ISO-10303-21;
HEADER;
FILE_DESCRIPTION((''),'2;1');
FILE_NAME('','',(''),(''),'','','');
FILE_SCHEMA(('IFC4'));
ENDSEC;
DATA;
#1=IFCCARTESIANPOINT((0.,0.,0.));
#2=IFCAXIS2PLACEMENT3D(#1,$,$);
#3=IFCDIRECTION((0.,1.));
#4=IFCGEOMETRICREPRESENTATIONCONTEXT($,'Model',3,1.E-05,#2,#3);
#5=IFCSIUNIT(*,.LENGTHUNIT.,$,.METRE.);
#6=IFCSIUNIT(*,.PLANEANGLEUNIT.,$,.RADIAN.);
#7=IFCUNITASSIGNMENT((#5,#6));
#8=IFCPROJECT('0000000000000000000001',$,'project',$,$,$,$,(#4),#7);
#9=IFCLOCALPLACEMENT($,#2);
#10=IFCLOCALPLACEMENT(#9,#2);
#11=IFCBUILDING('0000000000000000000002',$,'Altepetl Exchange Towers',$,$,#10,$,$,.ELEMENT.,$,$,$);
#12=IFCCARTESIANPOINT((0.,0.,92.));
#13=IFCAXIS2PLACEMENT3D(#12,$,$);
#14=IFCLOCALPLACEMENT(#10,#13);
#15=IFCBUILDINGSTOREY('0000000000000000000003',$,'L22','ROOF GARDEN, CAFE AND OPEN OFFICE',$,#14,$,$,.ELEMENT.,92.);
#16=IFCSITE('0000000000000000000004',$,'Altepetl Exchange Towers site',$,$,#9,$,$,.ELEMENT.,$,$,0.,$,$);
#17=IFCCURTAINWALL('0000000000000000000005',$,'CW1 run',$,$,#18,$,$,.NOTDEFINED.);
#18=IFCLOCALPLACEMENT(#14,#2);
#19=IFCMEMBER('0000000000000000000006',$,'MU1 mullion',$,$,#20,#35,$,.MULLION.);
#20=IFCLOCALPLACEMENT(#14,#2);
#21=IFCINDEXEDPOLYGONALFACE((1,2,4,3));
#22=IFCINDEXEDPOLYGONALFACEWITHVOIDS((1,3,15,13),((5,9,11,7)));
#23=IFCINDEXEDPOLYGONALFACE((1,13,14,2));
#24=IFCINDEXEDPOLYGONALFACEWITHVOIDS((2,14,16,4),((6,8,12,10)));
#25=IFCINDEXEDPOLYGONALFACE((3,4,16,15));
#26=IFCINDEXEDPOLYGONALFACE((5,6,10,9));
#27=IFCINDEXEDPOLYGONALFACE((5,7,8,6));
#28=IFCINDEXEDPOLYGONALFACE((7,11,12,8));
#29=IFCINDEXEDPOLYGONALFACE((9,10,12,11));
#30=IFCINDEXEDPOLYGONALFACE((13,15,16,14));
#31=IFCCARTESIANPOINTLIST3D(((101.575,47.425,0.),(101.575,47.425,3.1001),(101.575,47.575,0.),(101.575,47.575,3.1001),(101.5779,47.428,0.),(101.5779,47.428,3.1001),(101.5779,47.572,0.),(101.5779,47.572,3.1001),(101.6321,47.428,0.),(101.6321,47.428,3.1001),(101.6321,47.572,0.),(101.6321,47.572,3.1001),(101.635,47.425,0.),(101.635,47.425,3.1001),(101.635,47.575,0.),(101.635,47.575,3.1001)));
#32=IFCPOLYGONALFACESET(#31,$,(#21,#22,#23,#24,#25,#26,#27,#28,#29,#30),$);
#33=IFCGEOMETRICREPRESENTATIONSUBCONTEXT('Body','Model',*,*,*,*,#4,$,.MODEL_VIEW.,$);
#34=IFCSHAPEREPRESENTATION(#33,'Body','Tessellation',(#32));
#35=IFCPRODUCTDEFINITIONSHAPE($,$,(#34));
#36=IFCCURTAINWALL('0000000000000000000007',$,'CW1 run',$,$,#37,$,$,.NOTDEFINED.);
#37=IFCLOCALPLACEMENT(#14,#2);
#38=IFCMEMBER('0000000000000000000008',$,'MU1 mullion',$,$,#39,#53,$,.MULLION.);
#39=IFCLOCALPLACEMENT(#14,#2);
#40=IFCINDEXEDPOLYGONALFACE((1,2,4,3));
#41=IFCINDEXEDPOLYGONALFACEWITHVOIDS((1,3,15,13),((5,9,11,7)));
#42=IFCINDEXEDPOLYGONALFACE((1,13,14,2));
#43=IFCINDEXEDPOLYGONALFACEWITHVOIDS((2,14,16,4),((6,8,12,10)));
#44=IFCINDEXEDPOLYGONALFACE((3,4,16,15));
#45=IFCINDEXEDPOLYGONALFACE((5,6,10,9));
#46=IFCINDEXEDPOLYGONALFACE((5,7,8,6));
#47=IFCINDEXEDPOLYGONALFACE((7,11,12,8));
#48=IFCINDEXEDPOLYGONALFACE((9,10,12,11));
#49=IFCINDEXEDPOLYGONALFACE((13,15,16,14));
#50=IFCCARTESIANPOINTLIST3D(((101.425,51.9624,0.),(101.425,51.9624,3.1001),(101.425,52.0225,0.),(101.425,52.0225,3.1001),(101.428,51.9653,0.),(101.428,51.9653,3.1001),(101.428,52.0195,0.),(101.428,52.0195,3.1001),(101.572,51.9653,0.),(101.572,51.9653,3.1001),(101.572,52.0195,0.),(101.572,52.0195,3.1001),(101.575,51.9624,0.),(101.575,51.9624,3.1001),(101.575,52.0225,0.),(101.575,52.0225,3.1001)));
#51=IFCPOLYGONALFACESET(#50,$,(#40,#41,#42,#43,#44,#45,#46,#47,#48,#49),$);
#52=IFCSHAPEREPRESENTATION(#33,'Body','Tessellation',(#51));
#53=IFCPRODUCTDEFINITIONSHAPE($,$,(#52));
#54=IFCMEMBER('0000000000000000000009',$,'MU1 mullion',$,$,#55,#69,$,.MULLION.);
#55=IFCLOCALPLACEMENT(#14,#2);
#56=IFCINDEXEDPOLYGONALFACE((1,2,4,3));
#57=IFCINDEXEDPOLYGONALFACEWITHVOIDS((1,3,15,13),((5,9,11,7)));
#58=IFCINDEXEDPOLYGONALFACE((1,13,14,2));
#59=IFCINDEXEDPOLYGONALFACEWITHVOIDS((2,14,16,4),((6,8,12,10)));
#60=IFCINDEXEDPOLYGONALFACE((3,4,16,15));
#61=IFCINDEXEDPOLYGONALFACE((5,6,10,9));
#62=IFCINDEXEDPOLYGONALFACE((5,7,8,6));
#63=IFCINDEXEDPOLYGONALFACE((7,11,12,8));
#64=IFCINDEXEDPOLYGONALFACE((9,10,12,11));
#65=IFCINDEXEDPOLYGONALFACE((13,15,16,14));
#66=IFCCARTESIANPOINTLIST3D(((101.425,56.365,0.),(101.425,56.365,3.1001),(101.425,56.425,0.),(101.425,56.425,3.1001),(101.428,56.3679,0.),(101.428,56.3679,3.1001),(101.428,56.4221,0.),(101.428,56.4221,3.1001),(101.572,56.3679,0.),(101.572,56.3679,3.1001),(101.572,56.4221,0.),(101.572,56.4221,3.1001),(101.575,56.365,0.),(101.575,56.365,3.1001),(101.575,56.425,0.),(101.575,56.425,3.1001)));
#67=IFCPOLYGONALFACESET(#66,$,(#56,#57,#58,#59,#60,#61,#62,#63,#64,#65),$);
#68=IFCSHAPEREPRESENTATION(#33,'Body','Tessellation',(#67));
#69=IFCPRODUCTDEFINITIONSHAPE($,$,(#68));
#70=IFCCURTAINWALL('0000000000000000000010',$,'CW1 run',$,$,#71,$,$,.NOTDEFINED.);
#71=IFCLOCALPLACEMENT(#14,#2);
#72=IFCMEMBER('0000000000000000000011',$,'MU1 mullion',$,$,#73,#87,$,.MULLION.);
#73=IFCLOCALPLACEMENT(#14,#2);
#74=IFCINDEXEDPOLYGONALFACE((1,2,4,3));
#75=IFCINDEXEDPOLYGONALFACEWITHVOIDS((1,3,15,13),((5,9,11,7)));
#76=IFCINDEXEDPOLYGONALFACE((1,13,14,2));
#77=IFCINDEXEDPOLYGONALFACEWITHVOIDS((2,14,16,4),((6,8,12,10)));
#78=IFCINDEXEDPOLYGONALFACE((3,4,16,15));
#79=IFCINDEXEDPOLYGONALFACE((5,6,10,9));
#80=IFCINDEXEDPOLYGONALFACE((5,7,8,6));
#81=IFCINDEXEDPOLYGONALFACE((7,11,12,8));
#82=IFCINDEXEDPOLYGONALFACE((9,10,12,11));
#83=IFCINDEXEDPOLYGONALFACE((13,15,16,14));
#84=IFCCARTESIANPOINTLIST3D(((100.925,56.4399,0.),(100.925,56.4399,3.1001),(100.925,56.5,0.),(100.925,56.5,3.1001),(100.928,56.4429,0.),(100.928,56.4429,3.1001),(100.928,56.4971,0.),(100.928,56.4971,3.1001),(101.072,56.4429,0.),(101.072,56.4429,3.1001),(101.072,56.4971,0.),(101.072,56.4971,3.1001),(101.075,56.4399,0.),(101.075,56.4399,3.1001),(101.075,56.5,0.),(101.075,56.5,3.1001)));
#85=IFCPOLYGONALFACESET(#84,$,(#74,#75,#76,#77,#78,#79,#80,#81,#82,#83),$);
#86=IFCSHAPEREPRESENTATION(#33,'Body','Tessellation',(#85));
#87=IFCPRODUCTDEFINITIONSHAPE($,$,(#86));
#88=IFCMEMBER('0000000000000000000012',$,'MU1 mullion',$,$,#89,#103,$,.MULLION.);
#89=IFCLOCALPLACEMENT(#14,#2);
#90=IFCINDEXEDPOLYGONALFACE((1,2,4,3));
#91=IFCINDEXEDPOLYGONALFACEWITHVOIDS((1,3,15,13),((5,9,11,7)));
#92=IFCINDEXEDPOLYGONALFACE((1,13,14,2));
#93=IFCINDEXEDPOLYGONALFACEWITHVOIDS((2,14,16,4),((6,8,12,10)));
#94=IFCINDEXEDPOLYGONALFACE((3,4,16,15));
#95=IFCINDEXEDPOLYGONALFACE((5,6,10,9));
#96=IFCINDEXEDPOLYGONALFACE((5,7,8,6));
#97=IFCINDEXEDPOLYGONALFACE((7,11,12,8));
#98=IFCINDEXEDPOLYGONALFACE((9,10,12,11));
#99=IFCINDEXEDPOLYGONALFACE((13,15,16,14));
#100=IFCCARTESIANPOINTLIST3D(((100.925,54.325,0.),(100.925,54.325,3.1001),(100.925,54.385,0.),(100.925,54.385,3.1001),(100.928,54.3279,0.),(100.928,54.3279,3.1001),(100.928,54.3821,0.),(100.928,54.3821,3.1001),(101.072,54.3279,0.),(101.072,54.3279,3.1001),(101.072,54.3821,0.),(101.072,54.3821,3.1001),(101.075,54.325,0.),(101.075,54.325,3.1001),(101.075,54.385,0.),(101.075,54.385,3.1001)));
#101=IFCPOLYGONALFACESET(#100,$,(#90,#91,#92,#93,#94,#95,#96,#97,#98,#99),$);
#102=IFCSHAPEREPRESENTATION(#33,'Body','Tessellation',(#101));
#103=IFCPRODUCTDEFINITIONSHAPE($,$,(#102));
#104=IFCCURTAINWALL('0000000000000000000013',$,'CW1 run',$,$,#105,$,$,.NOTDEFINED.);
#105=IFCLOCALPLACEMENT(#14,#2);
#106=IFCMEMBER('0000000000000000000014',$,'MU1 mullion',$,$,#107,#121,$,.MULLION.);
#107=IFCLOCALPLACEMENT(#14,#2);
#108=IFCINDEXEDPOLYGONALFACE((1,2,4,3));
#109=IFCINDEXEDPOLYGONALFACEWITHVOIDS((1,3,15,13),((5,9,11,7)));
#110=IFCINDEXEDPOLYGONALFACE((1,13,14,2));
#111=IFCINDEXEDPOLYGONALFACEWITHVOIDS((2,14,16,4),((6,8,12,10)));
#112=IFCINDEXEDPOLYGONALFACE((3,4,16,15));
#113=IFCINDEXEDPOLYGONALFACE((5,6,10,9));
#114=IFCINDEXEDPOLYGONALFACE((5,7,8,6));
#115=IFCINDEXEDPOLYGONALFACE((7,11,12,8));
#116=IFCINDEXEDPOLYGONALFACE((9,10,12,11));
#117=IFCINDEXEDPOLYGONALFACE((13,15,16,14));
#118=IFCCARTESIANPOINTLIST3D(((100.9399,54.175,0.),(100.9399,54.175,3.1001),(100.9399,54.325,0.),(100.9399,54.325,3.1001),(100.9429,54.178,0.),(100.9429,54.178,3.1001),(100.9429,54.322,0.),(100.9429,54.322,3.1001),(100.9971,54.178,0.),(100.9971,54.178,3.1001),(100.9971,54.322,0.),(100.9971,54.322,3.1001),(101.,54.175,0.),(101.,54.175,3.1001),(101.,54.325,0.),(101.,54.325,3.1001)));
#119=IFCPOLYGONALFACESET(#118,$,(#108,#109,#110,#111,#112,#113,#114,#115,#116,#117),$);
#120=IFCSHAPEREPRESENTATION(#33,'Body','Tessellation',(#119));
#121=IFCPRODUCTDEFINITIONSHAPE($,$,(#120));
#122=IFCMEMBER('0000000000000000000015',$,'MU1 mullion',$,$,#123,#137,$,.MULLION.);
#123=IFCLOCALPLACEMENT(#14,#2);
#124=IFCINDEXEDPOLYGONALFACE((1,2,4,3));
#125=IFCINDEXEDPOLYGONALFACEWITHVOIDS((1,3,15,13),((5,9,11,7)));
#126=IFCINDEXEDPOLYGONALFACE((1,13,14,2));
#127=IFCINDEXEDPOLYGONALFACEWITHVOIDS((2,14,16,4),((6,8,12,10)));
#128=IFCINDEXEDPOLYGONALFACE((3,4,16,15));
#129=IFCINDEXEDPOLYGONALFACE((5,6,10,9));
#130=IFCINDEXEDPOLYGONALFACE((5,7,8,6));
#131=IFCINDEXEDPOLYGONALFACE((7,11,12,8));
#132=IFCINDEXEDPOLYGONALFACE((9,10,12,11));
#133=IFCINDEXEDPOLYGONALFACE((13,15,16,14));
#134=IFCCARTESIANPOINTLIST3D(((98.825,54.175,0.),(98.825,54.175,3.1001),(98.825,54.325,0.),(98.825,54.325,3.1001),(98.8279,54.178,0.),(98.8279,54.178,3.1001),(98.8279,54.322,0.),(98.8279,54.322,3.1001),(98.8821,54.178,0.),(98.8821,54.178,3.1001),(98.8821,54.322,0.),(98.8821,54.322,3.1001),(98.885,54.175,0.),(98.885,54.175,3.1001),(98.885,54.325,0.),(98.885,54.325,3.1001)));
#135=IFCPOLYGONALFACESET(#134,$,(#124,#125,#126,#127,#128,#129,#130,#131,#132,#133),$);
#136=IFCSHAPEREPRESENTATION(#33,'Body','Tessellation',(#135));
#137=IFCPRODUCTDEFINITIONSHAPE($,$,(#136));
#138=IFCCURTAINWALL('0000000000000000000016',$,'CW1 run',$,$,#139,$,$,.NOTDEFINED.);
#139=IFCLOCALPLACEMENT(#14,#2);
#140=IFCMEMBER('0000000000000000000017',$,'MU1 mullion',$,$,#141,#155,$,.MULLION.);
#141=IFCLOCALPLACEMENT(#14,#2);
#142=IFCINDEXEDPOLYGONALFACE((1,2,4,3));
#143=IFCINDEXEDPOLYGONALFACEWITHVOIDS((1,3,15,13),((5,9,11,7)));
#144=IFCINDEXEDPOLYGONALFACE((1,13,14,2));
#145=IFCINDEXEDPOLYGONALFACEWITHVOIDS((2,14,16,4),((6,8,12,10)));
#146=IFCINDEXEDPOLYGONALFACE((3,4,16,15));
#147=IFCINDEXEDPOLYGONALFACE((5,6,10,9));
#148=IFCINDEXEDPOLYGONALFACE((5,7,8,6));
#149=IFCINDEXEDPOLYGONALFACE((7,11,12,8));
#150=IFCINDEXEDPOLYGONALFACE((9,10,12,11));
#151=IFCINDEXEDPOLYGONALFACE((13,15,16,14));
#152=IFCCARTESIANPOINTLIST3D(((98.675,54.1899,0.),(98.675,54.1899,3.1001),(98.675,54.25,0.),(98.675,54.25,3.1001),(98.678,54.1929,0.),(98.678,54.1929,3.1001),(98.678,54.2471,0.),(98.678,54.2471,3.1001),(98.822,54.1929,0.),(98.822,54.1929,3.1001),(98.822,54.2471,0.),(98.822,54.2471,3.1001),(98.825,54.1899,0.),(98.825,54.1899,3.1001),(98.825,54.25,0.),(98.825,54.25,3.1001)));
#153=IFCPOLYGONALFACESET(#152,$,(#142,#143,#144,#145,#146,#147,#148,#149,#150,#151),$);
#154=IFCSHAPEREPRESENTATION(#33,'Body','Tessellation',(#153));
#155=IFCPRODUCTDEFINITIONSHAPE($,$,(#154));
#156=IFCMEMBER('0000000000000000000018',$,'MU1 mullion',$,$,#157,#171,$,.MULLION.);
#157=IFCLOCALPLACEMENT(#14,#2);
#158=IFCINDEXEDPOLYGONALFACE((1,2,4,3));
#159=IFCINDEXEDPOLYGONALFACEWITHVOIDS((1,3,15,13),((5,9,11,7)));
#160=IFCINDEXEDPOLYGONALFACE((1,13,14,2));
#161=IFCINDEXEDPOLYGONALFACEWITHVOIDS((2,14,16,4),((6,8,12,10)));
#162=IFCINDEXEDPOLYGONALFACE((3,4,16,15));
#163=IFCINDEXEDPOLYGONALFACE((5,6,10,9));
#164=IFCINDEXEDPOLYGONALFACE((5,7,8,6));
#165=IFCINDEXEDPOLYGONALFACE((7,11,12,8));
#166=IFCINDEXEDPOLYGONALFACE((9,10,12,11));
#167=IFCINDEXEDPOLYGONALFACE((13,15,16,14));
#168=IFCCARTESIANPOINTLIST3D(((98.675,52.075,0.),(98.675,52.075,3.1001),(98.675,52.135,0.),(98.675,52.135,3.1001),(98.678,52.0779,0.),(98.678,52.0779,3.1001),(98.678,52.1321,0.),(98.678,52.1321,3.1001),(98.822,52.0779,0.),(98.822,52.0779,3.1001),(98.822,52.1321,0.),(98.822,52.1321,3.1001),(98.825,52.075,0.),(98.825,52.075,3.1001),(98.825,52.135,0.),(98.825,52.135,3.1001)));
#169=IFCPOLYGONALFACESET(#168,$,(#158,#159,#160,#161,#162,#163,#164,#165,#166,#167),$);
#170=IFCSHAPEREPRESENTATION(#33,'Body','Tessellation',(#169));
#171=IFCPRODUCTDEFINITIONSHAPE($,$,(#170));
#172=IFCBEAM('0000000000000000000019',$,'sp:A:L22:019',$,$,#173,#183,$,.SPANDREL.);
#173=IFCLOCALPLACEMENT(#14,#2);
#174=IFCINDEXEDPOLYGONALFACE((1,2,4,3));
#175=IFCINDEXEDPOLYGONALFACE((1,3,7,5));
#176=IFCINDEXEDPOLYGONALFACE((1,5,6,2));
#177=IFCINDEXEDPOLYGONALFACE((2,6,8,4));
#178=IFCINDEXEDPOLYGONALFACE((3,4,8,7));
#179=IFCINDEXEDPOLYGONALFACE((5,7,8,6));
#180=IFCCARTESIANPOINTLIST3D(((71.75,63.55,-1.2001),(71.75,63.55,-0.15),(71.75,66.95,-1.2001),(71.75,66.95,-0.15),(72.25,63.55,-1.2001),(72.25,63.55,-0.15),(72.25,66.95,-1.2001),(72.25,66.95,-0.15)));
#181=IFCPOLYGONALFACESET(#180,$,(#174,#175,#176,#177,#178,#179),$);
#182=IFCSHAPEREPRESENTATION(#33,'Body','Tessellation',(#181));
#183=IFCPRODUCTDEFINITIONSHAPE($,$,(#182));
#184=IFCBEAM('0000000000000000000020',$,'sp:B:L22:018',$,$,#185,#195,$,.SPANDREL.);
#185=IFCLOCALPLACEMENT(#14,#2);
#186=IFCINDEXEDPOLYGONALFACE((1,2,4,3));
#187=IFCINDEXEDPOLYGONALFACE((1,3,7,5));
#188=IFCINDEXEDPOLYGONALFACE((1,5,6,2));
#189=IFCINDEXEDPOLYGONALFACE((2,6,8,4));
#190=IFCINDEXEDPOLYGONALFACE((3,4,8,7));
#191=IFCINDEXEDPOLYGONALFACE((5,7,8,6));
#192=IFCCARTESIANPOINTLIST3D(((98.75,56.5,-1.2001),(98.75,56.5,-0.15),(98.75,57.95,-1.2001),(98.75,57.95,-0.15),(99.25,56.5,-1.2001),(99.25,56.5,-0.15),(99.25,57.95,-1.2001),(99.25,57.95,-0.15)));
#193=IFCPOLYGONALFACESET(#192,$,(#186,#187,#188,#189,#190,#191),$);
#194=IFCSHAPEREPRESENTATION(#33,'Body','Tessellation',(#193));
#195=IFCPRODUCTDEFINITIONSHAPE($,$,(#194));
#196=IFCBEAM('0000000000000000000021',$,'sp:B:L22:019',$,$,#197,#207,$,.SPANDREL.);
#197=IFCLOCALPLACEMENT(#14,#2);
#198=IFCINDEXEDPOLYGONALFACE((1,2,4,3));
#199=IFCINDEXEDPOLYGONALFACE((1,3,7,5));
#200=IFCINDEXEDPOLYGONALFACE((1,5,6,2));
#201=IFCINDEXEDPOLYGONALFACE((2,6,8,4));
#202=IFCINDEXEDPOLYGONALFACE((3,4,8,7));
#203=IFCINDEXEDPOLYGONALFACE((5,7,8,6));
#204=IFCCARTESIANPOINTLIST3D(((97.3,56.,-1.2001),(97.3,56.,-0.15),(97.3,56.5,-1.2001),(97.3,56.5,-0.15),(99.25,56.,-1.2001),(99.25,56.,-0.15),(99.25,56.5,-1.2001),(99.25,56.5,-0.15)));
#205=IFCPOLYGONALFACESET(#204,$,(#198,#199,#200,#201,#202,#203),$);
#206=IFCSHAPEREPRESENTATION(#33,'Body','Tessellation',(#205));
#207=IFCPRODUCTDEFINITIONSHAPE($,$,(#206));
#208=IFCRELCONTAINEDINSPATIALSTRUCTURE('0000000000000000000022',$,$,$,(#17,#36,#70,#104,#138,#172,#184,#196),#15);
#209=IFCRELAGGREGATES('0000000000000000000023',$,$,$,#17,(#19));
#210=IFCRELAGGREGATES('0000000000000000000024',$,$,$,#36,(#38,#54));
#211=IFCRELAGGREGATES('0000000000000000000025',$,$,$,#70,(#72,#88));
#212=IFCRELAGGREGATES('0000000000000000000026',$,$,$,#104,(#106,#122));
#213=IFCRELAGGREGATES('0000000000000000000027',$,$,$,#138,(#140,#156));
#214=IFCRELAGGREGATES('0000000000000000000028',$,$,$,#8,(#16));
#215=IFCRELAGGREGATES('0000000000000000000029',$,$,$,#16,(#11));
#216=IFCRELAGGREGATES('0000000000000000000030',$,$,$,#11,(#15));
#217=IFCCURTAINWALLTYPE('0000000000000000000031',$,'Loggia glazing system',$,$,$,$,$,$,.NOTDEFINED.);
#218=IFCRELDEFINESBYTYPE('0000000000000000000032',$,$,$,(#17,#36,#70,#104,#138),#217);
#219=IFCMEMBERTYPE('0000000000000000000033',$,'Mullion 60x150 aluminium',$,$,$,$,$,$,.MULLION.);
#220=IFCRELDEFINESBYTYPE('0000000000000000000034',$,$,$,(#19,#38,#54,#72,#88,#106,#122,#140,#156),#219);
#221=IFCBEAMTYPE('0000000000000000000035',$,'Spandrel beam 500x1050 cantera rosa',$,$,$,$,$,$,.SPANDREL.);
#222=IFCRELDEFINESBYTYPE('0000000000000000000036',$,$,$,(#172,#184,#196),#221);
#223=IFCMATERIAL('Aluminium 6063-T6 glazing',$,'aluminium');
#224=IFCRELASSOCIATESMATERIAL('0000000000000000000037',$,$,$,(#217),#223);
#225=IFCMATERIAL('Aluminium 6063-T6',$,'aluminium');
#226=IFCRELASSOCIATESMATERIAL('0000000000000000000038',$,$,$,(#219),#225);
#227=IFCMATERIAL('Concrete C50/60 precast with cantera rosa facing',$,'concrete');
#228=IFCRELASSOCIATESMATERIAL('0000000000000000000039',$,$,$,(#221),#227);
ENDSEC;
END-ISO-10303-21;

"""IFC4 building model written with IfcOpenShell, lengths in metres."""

from ifc_helpers import new_model, si_unit, direction, frame, origin, origin_2d, place, context, subcontext, project, spatial, rectangle, hollow_rectangle, extrude, material, material_profile, profile_set, type_object, element, aggregate, save


model = new_model("IFC4")

# Units and contexts
model_context = context("Model", 3, precision=1e-05, world=origin(), true_north=direction((0.0, 1.0)))
body_context = subcontext(model_context, "Body", "Model", "MODEL_VIEW")
ifc_project = project(units=[si_unit("LENGTHUNIT", "METRE"), si_unit("PLANEANGLEUNIT", "RADIAN")], contexts=[model_context])

# Site, building, storey
site_placement = place(None, origin())
site = spatial("IfcSite", under=ifc_project, at=site_placement, Name="Altepetl Exchange Towers site", CompositionType="ELEMENT", RefElevation=0.0)
building_placement = place(site_placement, origin())
building = spatial("IfcBuilding", under=site, at=building_placement, Name="Altepetl Exchange Towers", CompositionType="ELEMENT")
storey_placement = place(building_placement, frame((0.0, 0.0, 92.0)))
storey = spatial("IfcBuildingStorey", under=building, at=storey_placement, Name="L22", Description="ROOF GARDEN, CAFE AND OPEN OFFICE", CompositionType="ELEMENT", Elevation=92.0)

# Shared definitions
ifc_material_1 = material(Name="Aluminium 6063-T6 glazing", Category="aluminium")
curtain_wall_type = type_object("IfcCurtainWallType", Name="Loggia glazing system", PredefinedType="NOTDEFINED", material=ifc_material_1)
ifc_material_2 = material(Name="Aluminium 6063-T6", Category="aluminium")
ifc_material_profile_1 = material_profile(ifc_material_2, hollow_rectangle(XDim=0.0601, YDim=0.1499, WallThickness=0.0029, at=origin_2d()), Name="Mullion 60x150 aluminium")
ifc_profile_set_1 = profile_set([ifc_material_profile_1], Name="Aluminium 6063-T6")
member_type = type_object("IfcMemberType", Name="Mullion 60x150 aluminium", PredefinedType="MULLION", material=ifc_profile_set_1)

# Curtain wall, member
curtain_wall_1_placement = place(storey_placement, origin())
curtain_wall_1 = element("IfcCurtainWall", 1, at=curtain_wall_1_placement, inside=storey, type_object=curtain_wall_type, Name="CW1 run", PredefinedType="NOTDEFINED")
member_1_placement = place(storey_placement, frame((101.605, 47.5, 0.0), z_axis=(0.0, 0.0, 1.0), x_axis=(-1.0, 0.0, 0.0)))
member_1 = element("IfcMember", 2, at=member_1_placement, type_object=member_type, Name="MU1 mullion", PredefinedType="MULLION", context=body_context, shape_type="SweptSolid", body=[
    extrude(hollow_rectangle(XDim=0.0601, YDim=0.1499, WallThickness=0.0029, at=origin_2d()), origin(), (0.0, 0.0, 1.0), 3.1001),
])
aggregate(curtain_wall_1, [member_1])

# Curtain walls, members
curtain_wall_2_placement = place(storey_placement, origin())
curtain_wall_2 = element("IfcCurtainWall", 3, at=curtain_wall_2_placement, inside=storey, type_object=curtain_wall_type, Name="CW1 run", PredefinedType="NOTDEFINED")
member_2_placement = place(storey_placement, frame((101.5, 51.9924, 0.0), z_axis=(0.0, 0.0, 1.0), x_axis=(0.0, 1.0, 0.0)))
member_2 = element("IfcMember", 4, at=member_2_placement, type_object=member_type, Name="MU1 mullion", PredefinedType="MULLION", context=body_context, shape_type="SweptSolid", body=[
    extrude(hollow_rectangle(XDim=0.0601, YDim=0.1499, WallThickness=0.0029, at=origin_2d()), origin(), (0.0, 0.0, 1.0), 3.1001),
])
member_3_placement = place(storey_placement, frame((101.5, 56.395, 0.0), z_axis=(0.0, 0.0, 1.0), x_axis=(0.0, 1.0, 0.0)))
member_3 = element("IfcMember", 5, at=member_3_placement, type_object=member_type, Name="MU1 mullion", PredefinedType="MULLION", context=body_context, shape_type="SweptSolid", body=[
    extrude(hollow_rectangle(XDim=0.0601, YDim=0.1499, WallThickness=0.0029, at=origin_2d()), origin(), (0.0, 0.0, 1.0), 3.1001),
])
curtain_wall_3_placement = place(storey_placement, origin())
curtain_wall_3 = element("IfcCurtainWall", 6, at=curtain_wall_3_placement, inside=storey, type_object=curtain_wall_type, Name="CW1 run", PredefinedType="NOTDEFINED")
member_4_placement = place(storey_placement, frame((101.0, 56.47, 0.0), z_axis=(0.0, 0.0, 1.0), x_axis=(0.0, -1.0, 0.0)))
member_4 = element("IfcMember", 7, at=member_4_placement, type_object=member_type, Name="MU1 mullion", PredefinedType="MULLION", context=body_context, shape_type="SweptSolid", body=[
    extrude(hollow_rectangle(XDim=0.0601, YDim=0.1499, WallThickness=0.0029, at=origin_2d()), origin(), (0.0, 0.0, 1.0), 3.1001),
])
member_5_placement = place(storey_placement, frame((101.0, 54.355, 0.0), z_axis=(0.0, 0.0, 1.0), x_axis=(0.0, -1.0, 0.0)))
member_5 = element("IfcMember", 8, at=member_5_placement, type_object=member_type, Name="MU1 mullion", PredefinedType="MULLION", context=body_context, shape_type="SweptSolid", body=[
    extrude(hollow_rectangle(XDim=0.0601, YDim=0.1499, WallThickness=0.0029, at=origin_2d()), origin(), (0.0, 0.0, 1.0), 3.1001),
])
curtain_wall_4_placement = place(storey_placement, origin())
curtain_wall_4 = element("IfcCurtainWall", 9, at=curtain_wall_4_placement, inside=storey, type_object=curtain_wall_type, Name="CW1 run", PredefinedType="NOTDEFINED")
member_6_placement = place(storey_placement, frame((100.97, 54.25, 0.0), z_axis=(0.0, 0.0, 1.0), x_axis=(-1.0, 0.0, 0.0)))
member_6 = element("IfcMember", 10, at=member_6_placement, type_object=member_type, Name="MU1 mullion", PredefinedType="MULLION", context=body_context, shape_type="SweptSolid", body=[
    extrude(hollow_rectangle(XDim=0.0601, YDim=0.1499, WallThickness=0.0029, at=origin_2d()), origin(), (0.0, 0.0, 1.0), 3.1001),
])
member_7_placement = place(storey_placement, frame((98.855, 54.25, 0.0), z_axis=(0.0, 0.0, 1.0), x_axis=(-1.0, 0.0, 0.0)))
member_7 = element("IfcMember", 11, at=member_7_placement, type_object=member_type, Name="MU1 mullion", PredefinedType="MULLION", context=body_context, shape_type="SweptSolid", body=[
    extrude(hollow_rectangle(XDim=0.0601, YDim=0.1499, WallThickness=0.0029, at=origin_2d()), origin(), (0.0, 0.0, 1.0), 3.1001),
])
curtain_wall_5_placement = place(storey_placement, origin())
curtain_wall_5 = element("IfcCurtainWall", 12, at=curtain_wall_5_placement, inside=storey, type_object=curtain_wall_type, Name="CW1 run", PredefinedType="NOTDEFINED")
member_8_placement = place(storey_placement, frame((98.75, 54.22, 0.0), z_axis=(0.0, 0.0, 1.0), x_axis=(0.0, -1.0, 0.0)))
member_8 = element("IfcMember", 13, at=member_8_placement, type_object=member_type, Name="MU1 mullion", PredefinedType="MULLION", context=body_context, shape_type="SweptSolid", body=[
    extrude(hollow_rectangle(XDim=0.0601, YDim=0.1499, WallThickness=0.0029, at=origin_2d()), origin(), (0.0, 0.0, 1.0), 3.1001),
])
member_9_placement = place(storey_placement, frame((98.75, 52.105, 0.0), z_axis=(0.0, 0.0, 1.0), x_axis=(0.0, -1.0, 0.0)))
member_9 = element("IfcMember", 14, at=member_9_placement, type_object=member_type, Name="MU1 mullion", PredefinedType="MULLION", context=body_context, shape_type="SweptSolid", body=[
    extrude(hollow_rectangle(XDim=0.0601, YDim=0.1499, WallThickness=0.0029, at=origin_2d()), origin(), (0.0, 0.0, 1.0), 3.1001),
])

# Beams
ifc_material_3 = material(Name="Concrete C50/60 precast with cantera rosa facing", Category="concrete")
ifc_material_profile_2 = material_profile(ifc_material_3, rectangle(XDim=0.5, YDim=1.05, at=origin_2d()), Name="500 x 1050")
ifc_profile_set_2 = profile_set([ifc_material_profile_2], Name="Concrete C50/60 precast with cantera rosa facing")
beam_type_1 = type_object("IfcBeamType", Name="Spandrel beam 500x1050 cantera rosa", PredefinedType="SPANDREL", material=ifc_profile_set_2)
beam_1_placement = place(storey_placement, frame((72.0, 63.55, -0.675), z_axis=(0.0, 1.0, 0.0), x_axis=(-1.0, 0.0, 0.0)))
element("IfcBeam", 15, at=beam_1_placement, inside=storey, type_object=beam_type_1, Name="sp:A:L22:019", PredefinedType="SPANDREL", context=body_context, shape_type="SweptSolid", body=[
    extrude(rectangle(XDim=0.5, YDim=1.05, at=origin_2d()), origin(), (0.0, 0.0, 1.0), 3.3999),
])
beam_2_placement = place(storey_placement, frame((99.0, 57.95, -0.675), z_axis=(0.0, -1.0, 0.0), x_axis=(1.0, 0.0, 0.0)))
element("IfcBeam", 16, at=beam_2_placement, inside=storey, type_object=beam_type_1, Name="sp:B:L22:018", PredefinedType="SPANDREL", context=body_context, shape_type="SweptSolid", body=[
    extrude(rectangle(XDim=0.5, YDim=1.05, at=origin_2d()), origin(), (0.0, 0.0, 1.0), 1.45),
])
beam_3_placement = place(storey_placement, frame((99.25, 56.25, -0.675), z_axis=(-1.0, 0.0, 0.0), x_axis=(0.0, -1.0, 0.0)))
element("IfcBeam", 17, at=beam_3_placement, inside=storey, type_object=beam_type_1, Name="sp:B:L22:019", PredefinedType="SPANDREL", context=body_context, shape_type="SweptSolid", body=[
    extrude(rectangle(XDim=0.5, YDim=1.05, at=origin_2d()), origin(), (0.0, 0.0, 1.0), 1.95),
])

aggregate(curtain_wall_2, [member_2, member_3])
aggregate(curtain_wall_3, [member_4, member_5])
aggregate(curtain_wall_4, [member_6, member_7])
aggregate(curtain_wall_5, [member_8, member_9])

save(model, "model.ifc")
